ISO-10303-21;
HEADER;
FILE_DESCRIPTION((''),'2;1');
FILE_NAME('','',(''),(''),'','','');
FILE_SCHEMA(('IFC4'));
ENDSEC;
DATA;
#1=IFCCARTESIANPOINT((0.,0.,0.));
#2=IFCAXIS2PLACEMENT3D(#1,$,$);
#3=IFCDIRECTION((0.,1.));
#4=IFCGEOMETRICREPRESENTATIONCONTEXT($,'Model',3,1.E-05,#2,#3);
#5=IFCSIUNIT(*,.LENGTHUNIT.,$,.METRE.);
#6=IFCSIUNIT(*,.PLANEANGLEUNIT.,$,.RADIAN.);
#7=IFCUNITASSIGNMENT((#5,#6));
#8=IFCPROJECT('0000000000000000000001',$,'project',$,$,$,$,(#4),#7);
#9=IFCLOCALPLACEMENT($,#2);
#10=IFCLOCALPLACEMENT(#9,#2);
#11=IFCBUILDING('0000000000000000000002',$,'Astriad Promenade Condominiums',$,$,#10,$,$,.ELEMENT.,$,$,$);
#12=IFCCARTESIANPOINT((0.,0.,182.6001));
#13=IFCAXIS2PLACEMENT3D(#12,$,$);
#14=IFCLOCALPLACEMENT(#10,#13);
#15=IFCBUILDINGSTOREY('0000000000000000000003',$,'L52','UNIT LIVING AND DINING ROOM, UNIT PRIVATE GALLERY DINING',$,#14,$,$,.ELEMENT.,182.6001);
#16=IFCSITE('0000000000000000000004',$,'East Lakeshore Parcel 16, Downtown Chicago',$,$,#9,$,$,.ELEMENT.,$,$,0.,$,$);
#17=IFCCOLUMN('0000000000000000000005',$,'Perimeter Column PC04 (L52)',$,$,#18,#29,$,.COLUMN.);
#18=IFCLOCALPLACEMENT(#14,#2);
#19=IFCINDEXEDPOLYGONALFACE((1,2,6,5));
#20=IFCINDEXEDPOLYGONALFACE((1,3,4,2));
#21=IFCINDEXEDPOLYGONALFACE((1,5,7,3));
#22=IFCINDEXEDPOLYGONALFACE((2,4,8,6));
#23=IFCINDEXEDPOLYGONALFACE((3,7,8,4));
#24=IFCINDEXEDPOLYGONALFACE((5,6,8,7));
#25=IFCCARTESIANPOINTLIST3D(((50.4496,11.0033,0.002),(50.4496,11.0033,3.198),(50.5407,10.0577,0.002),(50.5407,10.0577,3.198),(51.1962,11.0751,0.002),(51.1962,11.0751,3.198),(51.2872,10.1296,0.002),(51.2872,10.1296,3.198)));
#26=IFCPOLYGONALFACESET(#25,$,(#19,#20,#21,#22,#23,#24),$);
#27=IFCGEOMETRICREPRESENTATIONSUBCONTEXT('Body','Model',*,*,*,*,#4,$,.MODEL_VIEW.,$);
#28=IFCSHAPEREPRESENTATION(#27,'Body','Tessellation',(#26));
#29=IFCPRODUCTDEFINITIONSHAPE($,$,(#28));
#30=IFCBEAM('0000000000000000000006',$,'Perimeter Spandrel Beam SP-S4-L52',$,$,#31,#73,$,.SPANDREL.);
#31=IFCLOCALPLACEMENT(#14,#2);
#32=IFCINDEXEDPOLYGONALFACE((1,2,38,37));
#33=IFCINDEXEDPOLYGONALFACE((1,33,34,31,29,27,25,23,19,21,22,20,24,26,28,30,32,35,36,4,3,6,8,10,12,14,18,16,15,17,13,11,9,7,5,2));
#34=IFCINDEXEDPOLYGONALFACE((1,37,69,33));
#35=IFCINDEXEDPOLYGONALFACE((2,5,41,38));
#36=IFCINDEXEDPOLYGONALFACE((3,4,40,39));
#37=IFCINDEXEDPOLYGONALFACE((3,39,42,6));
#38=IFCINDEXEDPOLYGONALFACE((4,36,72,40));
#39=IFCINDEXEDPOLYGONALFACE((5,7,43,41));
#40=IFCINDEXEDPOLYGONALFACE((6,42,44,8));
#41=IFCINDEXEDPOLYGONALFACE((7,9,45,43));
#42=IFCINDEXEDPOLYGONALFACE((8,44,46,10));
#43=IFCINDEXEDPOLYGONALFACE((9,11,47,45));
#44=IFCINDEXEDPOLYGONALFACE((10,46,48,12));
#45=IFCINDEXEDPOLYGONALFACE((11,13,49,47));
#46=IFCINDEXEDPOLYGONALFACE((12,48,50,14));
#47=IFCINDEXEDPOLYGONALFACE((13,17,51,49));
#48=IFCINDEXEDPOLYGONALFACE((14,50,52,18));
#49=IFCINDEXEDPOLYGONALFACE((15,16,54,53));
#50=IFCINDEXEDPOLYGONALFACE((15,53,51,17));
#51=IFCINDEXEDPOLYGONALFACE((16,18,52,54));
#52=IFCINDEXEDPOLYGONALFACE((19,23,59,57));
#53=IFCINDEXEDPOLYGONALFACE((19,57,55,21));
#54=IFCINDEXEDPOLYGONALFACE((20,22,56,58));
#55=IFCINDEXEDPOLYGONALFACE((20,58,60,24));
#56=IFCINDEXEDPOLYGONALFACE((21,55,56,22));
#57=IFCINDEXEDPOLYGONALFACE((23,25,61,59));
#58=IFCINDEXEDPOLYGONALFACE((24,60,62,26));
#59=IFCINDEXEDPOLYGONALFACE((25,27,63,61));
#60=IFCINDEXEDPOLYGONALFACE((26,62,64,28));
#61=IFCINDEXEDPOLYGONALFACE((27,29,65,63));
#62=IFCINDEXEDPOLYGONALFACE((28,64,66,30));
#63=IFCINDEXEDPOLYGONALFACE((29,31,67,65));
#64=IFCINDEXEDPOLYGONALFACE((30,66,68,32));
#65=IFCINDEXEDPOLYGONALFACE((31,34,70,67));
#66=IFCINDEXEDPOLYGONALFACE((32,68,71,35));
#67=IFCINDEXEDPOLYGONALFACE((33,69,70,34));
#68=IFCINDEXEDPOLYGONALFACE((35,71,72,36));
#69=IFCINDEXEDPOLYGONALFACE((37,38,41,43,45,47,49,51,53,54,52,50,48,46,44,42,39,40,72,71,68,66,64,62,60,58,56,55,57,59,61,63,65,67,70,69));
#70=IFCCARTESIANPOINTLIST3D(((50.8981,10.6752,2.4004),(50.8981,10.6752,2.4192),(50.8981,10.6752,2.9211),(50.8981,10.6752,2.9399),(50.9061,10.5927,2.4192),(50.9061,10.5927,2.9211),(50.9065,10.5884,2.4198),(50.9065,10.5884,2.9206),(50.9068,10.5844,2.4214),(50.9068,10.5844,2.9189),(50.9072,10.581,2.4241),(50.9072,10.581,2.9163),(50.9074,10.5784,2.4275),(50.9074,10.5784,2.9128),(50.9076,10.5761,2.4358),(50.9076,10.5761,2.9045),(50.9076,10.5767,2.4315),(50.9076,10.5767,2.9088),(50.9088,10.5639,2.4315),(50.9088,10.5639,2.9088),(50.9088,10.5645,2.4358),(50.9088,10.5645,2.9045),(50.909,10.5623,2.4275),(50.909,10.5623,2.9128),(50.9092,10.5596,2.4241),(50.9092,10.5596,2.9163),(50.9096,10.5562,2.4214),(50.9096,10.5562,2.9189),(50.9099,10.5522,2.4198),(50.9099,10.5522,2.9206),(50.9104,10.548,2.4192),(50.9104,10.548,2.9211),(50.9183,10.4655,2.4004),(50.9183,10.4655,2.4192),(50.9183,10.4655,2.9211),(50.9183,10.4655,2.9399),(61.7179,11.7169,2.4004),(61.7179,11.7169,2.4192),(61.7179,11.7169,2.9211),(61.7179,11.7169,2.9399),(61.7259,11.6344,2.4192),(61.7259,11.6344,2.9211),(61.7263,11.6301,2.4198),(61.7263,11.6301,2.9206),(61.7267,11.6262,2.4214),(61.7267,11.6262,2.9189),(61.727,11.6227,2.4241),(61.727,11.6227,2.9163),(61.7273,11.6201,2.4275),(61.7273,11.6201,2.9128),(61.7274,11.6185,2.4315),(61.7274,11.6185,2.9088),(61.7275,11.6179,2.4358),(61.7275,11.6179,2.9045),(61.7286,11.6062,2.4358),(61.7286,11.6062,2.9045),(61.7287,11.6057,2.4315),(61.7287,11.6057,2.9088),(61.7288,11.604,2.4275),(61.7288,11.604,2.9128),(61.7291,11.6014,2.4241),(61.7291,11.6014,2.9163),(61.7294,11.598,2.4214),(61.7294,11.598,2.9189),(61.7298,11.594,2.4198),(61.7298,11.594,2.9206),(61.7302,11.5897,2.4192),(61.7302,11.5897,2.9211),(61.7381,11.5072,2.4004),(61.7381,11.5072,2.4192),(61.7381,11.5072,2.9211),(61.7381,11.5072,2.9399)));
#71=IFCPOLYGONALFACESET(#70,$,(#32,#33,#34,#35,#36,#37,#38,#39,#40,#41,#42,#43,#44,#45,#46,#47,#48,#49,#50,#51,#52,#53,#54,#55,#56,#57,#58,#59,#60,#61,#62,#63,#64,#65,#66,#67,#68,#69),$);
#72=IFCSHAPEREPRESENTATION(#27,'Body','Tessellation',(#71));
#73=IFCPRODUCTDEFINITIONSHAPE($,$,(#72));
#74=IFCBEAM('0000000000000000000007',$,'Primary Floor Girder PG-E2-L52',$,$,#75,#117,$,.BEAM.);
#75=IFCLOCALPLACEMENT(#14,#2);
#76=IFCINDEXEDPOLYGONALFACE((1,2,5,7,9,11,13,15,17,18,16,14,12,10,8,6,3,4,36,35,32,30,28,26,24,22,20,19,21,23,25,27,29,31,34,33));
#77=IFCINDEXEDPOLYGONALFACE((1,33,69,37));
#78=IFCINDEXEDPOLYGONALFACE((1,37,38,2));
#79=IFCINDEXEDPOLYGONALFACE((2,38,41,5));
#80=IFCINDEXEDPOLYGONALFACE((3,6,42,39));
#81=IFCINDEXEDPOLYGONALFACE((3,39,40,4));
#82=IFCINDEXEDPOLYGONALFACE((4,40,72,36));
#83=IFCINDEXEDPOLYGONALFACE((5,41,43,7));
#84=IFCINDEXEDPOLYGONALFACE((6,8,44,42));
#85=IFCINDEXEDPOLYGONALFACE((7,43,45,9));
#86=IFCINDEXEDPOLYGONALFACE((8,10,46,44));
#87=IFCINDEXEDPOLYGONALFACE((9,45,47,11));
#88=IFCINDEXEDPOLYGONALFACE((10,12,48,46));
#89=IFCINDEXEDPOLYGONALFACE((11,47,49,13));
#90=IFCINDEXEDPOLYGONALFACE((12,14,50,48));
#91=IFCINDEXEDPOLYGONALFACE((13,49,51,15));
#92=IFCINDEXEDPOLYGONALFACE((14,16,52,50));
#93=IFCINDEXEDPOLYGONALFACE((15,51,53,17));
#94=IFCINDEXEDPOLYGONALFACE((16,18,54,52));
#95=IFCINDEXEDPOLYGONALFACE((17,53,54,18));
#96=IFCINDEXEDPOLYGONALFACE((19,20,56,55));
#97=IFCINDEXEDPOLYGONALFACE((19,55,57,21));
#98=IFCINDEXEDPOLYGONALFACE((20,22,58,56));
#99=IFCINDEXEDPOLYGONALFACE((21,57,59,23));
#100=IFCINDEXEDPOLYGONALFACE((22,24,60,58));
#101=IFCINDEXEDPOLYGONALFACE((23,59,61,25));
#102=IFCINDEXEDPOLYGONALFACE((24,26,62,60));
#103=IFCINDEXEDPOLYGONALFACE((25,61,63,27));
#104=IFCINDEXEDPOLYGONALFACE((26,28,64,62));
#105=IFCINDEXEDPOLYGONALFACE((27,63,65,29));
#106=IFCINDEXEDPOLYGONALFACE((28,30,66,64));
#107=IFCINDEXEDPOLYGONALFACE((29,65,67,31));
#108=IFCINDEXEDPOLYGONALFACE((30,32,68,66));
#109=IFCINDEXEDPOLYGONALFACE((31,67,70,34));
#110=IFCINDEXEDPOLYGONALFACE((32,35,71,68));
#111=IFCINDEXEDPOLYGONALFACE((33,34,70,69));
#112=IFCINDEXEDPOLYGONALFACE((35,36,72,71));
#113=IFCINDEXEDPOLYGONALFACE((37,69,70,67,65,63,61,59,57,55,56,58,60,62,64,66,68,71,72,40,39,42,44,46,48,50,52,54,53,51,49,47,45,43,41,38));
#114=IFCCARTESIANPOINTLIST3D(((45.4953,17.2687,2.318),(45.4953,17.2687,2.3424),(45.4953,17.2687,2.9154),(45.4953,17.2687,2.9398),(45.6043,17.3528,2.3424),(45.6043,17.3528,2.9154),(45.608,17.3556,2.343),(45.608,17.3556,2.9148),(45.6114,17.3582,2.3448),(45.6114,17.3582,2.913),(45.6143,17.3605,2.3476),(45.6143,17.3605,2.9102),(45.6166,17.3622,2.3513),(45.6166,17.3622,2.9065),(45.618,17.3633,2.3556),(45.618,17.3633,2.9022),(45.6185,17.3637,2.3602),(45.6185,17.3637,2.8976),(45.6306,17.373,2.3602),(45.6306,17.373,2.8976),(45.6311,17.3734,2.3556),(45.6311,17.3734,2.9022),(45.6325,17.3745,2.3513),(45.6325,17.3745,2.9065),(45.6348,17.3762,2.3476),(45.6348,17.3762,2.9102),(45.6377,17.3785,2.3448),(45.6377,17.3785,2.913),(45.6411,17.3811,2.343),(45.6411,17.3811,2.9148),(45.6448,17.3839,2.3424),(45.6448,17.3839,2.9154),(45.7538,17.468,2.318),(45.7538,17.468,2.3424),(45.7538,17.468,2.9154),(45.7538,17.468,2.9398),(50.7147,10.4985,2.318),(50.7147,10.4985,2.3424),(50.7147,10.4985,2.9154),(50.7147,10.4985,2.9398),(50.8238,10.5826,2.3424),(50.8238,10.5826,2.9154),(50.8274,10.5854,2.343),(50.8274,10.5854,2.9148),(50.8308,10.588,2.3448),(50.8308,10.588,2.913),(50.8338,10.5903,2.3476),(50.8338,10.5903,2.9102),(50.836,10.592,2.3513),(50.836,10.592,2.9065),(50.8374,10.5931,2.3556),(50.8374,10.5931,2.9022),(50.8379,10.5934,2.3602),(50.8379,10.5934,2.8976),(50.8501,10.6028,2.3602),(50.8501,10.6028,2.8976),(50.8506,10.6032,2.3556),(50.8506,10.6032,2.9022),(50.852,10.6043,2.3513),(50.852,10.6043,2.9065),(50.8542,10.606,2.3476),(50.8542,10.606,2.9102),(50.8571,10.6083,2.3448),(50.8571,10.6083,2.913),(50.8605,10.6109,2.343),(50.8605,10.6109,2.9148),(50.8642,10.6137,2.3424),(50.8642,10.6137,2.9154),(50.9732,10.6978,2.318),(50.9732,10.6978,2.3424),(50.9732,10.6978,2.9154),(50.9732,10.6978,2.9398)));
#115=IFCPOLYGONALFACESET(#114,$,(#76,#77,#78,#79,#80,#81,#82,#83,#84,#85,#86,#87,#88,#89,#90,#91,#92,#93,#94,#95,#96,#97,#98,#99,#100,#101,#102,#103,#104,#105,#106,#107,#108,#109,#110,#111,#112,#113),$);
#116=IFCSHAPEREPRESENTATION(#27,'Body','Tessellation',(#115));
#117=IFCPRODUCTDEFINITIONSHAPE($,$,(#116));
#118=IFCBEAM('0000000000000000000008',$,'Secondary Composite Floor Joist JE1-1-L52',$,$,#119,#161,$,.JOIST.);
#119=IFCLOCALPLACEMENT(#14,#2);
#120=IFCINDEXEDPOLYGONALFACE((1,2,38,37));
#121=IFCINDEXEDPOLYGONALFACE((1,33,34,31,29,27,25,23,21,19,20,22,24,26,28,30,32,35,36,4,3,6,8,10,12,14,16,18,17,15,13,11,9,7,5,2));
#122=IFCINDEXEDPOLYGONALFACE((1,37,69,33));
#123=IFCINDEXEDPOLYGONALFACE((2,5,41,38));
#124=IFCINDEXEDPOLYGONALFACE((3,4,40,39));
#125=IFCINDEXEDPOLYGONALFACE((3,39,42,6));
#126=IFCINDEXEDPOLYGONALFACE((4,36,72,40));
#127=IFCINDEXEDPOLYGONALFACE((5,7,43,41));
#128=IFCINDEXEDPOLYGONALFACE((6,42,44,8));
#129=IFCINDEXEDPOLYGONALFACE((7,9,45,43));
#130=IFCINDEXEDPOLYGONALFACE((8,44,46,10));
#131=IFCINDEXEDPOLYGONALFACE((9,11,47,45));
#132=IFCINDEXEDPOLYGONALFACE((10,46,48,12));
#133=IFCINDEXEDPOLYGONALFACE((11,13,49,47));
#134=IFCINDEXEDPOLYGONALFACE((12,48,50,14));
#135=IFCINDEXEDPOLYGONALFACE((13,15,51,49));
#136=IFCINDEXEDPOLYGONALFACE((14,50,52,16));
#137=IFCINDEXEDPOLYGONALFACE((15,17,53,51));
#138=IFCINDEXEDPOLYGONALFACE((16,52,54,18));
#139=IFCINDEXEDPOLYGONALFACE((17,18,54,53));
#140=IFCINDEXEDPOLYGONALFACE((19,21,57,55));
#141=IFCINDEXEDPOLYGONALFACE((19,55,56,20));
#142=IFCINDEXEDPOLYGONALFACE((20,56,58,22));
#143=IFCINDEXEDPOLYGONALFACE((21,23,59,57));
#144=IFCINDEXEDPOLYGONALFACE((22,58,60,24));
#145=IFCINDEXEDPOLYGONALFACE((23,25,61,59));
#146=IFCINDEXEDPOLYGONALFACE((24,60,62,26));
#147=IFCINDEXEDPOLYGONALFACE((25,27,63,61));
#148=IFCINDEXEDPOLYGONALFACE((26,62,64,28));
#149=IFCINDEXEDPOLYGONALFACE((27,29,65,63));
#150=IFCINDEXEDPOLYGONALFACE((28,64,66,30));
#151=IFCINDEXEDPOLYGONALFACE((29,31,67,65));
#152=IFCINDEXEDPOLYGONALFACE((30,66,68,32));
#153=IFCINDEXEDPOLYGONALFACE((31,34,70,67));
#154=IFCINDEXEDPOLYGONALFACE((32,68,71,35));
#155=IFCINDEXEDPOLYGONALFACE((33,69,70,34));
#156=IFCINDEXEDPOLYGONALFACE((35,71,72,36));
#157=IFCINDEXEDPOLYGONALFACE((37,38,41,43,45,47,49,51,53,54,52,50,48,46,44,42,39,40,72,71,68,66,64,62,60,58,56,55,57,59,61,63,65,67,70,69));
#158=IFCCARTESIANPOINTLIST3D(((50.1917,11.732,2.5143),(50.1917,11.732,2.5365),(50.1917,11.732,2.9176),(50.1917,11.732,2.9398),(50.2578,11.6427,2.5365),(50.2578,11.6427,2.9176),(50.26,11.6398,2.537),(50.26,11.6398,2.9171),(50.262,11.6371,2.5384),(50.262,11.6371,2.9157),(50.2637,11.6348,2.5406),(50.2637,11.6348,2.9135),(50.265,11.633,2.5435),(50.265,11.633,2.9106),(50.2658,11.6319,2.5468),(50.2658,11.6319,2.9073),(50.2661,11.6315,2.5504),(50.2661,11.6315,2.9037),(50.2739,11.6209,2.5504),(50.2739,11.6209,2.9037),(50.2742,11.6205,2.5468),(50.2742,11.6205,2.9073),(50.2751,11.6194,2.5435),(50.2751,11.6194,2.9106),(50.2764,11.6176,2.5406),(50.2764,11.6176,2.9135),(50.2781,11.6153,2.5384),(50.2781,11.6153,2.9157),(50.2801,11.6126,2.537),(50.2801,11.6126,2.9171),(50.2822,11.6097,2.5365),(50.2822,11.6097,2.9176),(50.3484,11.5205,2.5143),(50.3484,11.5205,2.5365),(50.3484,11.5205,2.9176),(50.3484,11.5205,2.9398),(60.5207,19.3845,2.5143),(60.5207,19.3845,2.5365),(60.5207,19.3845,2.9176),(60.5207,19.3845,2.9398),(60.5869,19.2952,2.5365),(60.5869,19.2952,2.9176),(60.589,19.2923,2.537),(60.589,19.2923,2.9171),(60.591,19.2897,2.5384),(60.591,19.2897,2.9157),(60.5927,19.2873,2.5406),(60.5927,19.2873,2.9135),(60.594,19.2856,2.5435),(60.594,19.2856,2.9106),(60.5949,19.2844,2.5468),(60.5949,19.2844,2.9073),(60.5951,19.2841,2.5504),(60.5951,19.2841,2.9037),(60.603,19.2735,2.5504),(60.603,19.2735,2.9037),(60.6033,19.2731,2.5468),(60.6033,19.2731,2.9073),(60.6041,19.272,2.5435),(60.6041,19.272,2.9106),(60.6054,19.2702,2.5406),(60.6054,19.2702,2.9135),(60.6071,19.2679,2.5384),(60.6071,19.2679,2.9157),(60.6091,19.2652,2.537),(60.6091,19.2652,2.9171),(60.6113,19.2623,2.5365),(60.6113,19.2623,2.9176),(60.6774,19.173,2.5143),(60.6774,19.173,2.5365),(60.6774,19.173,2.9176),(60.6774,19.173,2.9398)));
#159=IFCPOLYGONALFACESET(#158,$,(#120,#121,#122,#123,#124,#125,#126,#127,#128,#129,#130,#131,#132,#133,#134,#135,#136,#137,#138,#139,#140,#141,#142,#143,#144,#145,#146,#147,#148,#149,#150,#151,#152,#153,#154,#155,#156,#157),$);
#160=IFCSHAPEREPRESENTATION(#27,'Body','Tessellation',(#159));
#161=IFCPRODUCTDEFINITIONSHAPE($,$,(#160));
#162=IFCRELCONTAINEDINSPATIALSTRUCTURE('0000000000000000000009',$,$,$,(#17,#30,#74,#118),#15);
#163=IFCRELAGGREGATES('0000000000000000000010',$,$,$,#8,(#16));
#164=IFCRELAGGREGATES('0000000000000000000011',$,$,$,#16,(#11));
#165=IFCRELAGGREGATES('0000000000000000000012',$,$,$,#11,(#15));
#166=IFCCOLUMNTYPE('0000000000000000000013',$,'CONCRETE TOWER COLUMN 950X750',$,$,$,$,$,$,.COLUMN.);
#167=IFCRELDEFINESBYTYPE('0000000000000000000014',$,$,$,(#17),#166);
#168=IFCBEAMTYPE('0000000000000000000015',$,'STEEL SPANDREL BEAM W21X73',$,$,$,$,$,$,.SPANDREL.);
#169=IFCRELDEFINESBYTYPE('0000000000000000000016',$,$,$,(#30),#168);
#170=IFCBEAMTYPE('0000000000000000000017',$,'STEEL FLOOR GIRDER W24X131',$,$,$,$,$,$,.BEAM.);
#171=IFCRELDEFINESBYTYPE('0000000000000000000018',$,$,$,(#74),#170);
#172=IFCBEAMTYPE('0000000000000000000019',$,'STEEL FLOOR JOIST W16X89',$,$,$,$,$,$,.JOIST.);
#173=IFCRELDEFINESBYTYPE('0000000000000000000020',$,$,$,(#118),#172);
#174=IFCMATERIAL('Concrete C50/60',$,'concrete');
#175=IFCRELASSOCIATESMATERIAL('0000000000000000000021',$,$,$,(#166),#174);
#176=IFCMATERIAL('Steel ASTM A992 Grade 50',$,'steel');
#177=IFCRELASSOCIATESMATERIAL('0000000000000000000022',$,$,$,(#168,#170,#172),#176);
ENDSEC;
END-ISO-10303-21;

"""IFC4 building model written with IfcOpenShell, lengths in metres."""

from ifc_helpers import new_model, si_unit, direction, frame, origin, origin_2d, place, context, subcontext, project, spatial, rectangle, i_section, extrude, source, transform, mapped, material, material_profile, profile_set, type_object, type_shapes, element, save


model = new_model("IFC4")

# Units and contexts
model_context = context("Model", 3, precision=1e-05, world=origin(), true_north=direction((0.0, 1.0)))
body_context = subcontext(model_context, "Body", "Model", "MODEL_VIEW")
ifc_project = project(units=[si_unit("LENGTHUNIT", "METRE"), si_unit("PLANEANGLEUNIT", "RADIAN")], contexts=[model_context])

# Site, building, storey
site_placement = place(None, origin())
site = spatial("IfcSite", under=ifc_project, at=site_placement, Name="East Lakeshore Parcel 16, Downtown Chicago", CompositionType="ELEMENT", RefElevation=0.0)
building_placement = place(site_placement, origin())
building = spatial("IfcBuilding", under=site, at=building_placement, Name="Astriad Promenade Condominiums", CompositionType="ELEMENT")
storey_placement = place(building_placement, frame((0.0, 0.0, 182.6001)))
storey = spatial("IfcBuildingStorey", under=building, at=storey_placement, Name="L52", Description="UNIT LIVING AND DINING ROOM, UNIT PRIVATE GALLERY DINING", CompositionType="ELEMENT", Elevation=182.6001)

# Column
ifc_material_1 = material(Name="Concrete C50/60", Category="concrete")
ifc_material_profile_1 = material_profile(ifc_material_1, rectangle(XDim=0.75, YDim=0.95, at=origin_2d()), Name="RC-COL-950X750")
ifc_profile_set_1 = profile_set([ifc_material_profile_1], Name="Concrete C50/60")
column_type = type_object("IfcColumnType", Name="CONCRETE TOWER COLUMN 950X750", PredefinedType="COLUMN", material=ifc_profile_set_1)
shared_shape_1 = source(origin(), body_context, "Body", "SweptSolid", [
    extrude(rectangle(XDim=0.75, YDim=0.95, at=origin_2d()), origin(), (0.0, 0.0, 1.0), 3.196),
])
type_shapes(column_type, [shared_shape_1])
column_placement = place(storey_placement, frame((50.8684, 10.5664, 0.002), z_axis=(0.0, 0.0, 1.0), x_axis=(0.995396, 0.095846, 0.0)))
element("IfcColumn", 1, at=column_placement, inside=storey, type_object=column_type, Name="Perimeter Column PC04 (L52)", PredefinedType="COLUMN", context=body_context, shape_type="MappedRepresentation", body=[
    mapped(shared_shape_1, transform((0.0, 0.0, 0.0), scale=1.0)),
])

# Beams
ifc_material_2 = material(Name="Steel ASTM A992 Grade 50", Category="steel")
ifc_material_profile_2 = material_profile(ifc_material_2, i_section(OverallWidth=0.2107, OverallDepth=0.5396, WebThickness=0.0117, FlangeThickness=0.0188, FilletRadius=0.0166, at=origin_2d()), Name="W21X73")
ifc_profile_set_2 = profile_set([ifc_material_profile_2], Name="Steel ASTM A992 Grade 50")
beam_type_1 = type_object("IfcBeamType", Name="STEEL SPANDREL BEAM W21X73", PredefinedType="SPANDREL", material=ifc_profile_set_2)
shared_shape_2 = source(origin(), body_context, "Body", "SweptSolid", [
    extrude(i_section(OverallWidth=0.2107, OverallDepth=0.5396, WebThickness=0.0117, FlangeThickness=0.0188, FilletRadius=0.0166, at=origin_2d()), origin(), (0.0, 0.0, 1.0), 10.8699),
])
type_shapes(beam_type_1, [shared_shape_2])
beam_1_placement = place(storey_placement, frame((50.9082, 10.5703, 2.6702), z_axis=(0.995397, 0.095838, 0.0), x_axis=(-0.095838, 0.995397, 0.0)))
element("IfcBeam", 2, at=beam_1_placement, inside=storey, type_object=beam_type_1, Name="Perimeter Spandrel Beam SP-S4-L52", PredefinedType="SPANDREL", context=body_context, shape_type="MappedRepresentation", body=[
    mapped(shared_shape_2, transform((0.0, 0.0, 0.0), scale=1.0)),
])
ifc_material_profile_3 = material_profile(ifc_material_2, i_section(OverallWidth=0.3264, OverallDepth=0.6218, WebThickness=0.0154, FlangeThickness=0.0244, FilletRadius=0.0178, at=origin_2d()), Name="W24X131")
ifc_profile_set_3 = profile_set([ifc_material_profile_3], Name="Steel ASTM A992 Grade 50")
beam_type_2 = type_object("IfcBeamType", Name="STEEL FLOOR GIRDER W24X131", PredefinedType="BEAM", material=ifc_profile_set_3)
shared_shape_3 = source(origin(), body_context, "Body", "SweptSolid", [
    extrude(i_section(OverallWidth=0.3264, OverallDepth=0.6218, WebThickness=0.0154, FlangeThickness=0.0244, FilletRadius=0.0178, at=origin_2d()), origin(), (0.0, 0.0, 1.0), 8.5486),
])
type_shapes(beam_type_2, [shared_shape_3])
beam_2_placement = place(storey_placement, frame((50.844, 10.5981, 2.6289), z_axis=(-0.610562, 0.791968, 0.0), x_axis=(-0.791968, -0.610562, 0.0)))
element("IfcBeam", 3, at=beam_2_placement, inside=storey, type_object=beam_type_2, Name="Primary Floor Girder PG-E2-L52", PredefinedType="BEAM", context=body_context, shape_type="MappedRepresentation", body=[
    mapped(shared_shape_3, transform((0.0, 0.0, 0.0), scale=1.0)),
])
ifc_material_profile_4 = material_profile(ifc_material_2, i_section(OverallWidth=0.2632, OverallDepth=0.4255, WebThickness=0.0132, FlangeThickness=0.0222, FilletRadius=0.0139, at=origin_2d()), Name="W16X89")
ifc_profile_set_4 = profile_set([ifc_material_profile_4], Name="Steel ASTM A992 Grade 50")
beam_type_3 = type_object("IfcBeamType", Name="STEEL FLOOR JOIST W16X89", PredefinedType="JOIST", material=ifc_profile_set_4)
shared_shape_4 = source(origin(), body_context, "Body", "SweptSolid", [
    extrude(i_section(OverallWidth=0.2632, OverallDepth=0.4255, WebThickness=0.0132, FlangeThickness=0.0222, FilletRadius=0.0139, at=origin_2d()), origin(), (0.0, 0.0, 1.0), 12.855),
])
beam_3_placement = place(storey_placement, frame((50.27, 11.6262, 2.7271), z_axis=(0.803505, 0.595298, 0.0), x_axis=(-0.595298, 0.803505, 0.0)))
element("IfcBeam", 4, at=beam_3_placement, inside=storey, type_object=beam_type_3, Name="Secondary Composite Floor Joist JE1-1-L52", PredefinedType="JOIST", context=body_context, shape_type="MappedRepresentation", body=[
    mapped(shared_shape_4, transform((0.0, 0.0, 0.0), scale=1.0)),
])

save(model, "model.ifc")
